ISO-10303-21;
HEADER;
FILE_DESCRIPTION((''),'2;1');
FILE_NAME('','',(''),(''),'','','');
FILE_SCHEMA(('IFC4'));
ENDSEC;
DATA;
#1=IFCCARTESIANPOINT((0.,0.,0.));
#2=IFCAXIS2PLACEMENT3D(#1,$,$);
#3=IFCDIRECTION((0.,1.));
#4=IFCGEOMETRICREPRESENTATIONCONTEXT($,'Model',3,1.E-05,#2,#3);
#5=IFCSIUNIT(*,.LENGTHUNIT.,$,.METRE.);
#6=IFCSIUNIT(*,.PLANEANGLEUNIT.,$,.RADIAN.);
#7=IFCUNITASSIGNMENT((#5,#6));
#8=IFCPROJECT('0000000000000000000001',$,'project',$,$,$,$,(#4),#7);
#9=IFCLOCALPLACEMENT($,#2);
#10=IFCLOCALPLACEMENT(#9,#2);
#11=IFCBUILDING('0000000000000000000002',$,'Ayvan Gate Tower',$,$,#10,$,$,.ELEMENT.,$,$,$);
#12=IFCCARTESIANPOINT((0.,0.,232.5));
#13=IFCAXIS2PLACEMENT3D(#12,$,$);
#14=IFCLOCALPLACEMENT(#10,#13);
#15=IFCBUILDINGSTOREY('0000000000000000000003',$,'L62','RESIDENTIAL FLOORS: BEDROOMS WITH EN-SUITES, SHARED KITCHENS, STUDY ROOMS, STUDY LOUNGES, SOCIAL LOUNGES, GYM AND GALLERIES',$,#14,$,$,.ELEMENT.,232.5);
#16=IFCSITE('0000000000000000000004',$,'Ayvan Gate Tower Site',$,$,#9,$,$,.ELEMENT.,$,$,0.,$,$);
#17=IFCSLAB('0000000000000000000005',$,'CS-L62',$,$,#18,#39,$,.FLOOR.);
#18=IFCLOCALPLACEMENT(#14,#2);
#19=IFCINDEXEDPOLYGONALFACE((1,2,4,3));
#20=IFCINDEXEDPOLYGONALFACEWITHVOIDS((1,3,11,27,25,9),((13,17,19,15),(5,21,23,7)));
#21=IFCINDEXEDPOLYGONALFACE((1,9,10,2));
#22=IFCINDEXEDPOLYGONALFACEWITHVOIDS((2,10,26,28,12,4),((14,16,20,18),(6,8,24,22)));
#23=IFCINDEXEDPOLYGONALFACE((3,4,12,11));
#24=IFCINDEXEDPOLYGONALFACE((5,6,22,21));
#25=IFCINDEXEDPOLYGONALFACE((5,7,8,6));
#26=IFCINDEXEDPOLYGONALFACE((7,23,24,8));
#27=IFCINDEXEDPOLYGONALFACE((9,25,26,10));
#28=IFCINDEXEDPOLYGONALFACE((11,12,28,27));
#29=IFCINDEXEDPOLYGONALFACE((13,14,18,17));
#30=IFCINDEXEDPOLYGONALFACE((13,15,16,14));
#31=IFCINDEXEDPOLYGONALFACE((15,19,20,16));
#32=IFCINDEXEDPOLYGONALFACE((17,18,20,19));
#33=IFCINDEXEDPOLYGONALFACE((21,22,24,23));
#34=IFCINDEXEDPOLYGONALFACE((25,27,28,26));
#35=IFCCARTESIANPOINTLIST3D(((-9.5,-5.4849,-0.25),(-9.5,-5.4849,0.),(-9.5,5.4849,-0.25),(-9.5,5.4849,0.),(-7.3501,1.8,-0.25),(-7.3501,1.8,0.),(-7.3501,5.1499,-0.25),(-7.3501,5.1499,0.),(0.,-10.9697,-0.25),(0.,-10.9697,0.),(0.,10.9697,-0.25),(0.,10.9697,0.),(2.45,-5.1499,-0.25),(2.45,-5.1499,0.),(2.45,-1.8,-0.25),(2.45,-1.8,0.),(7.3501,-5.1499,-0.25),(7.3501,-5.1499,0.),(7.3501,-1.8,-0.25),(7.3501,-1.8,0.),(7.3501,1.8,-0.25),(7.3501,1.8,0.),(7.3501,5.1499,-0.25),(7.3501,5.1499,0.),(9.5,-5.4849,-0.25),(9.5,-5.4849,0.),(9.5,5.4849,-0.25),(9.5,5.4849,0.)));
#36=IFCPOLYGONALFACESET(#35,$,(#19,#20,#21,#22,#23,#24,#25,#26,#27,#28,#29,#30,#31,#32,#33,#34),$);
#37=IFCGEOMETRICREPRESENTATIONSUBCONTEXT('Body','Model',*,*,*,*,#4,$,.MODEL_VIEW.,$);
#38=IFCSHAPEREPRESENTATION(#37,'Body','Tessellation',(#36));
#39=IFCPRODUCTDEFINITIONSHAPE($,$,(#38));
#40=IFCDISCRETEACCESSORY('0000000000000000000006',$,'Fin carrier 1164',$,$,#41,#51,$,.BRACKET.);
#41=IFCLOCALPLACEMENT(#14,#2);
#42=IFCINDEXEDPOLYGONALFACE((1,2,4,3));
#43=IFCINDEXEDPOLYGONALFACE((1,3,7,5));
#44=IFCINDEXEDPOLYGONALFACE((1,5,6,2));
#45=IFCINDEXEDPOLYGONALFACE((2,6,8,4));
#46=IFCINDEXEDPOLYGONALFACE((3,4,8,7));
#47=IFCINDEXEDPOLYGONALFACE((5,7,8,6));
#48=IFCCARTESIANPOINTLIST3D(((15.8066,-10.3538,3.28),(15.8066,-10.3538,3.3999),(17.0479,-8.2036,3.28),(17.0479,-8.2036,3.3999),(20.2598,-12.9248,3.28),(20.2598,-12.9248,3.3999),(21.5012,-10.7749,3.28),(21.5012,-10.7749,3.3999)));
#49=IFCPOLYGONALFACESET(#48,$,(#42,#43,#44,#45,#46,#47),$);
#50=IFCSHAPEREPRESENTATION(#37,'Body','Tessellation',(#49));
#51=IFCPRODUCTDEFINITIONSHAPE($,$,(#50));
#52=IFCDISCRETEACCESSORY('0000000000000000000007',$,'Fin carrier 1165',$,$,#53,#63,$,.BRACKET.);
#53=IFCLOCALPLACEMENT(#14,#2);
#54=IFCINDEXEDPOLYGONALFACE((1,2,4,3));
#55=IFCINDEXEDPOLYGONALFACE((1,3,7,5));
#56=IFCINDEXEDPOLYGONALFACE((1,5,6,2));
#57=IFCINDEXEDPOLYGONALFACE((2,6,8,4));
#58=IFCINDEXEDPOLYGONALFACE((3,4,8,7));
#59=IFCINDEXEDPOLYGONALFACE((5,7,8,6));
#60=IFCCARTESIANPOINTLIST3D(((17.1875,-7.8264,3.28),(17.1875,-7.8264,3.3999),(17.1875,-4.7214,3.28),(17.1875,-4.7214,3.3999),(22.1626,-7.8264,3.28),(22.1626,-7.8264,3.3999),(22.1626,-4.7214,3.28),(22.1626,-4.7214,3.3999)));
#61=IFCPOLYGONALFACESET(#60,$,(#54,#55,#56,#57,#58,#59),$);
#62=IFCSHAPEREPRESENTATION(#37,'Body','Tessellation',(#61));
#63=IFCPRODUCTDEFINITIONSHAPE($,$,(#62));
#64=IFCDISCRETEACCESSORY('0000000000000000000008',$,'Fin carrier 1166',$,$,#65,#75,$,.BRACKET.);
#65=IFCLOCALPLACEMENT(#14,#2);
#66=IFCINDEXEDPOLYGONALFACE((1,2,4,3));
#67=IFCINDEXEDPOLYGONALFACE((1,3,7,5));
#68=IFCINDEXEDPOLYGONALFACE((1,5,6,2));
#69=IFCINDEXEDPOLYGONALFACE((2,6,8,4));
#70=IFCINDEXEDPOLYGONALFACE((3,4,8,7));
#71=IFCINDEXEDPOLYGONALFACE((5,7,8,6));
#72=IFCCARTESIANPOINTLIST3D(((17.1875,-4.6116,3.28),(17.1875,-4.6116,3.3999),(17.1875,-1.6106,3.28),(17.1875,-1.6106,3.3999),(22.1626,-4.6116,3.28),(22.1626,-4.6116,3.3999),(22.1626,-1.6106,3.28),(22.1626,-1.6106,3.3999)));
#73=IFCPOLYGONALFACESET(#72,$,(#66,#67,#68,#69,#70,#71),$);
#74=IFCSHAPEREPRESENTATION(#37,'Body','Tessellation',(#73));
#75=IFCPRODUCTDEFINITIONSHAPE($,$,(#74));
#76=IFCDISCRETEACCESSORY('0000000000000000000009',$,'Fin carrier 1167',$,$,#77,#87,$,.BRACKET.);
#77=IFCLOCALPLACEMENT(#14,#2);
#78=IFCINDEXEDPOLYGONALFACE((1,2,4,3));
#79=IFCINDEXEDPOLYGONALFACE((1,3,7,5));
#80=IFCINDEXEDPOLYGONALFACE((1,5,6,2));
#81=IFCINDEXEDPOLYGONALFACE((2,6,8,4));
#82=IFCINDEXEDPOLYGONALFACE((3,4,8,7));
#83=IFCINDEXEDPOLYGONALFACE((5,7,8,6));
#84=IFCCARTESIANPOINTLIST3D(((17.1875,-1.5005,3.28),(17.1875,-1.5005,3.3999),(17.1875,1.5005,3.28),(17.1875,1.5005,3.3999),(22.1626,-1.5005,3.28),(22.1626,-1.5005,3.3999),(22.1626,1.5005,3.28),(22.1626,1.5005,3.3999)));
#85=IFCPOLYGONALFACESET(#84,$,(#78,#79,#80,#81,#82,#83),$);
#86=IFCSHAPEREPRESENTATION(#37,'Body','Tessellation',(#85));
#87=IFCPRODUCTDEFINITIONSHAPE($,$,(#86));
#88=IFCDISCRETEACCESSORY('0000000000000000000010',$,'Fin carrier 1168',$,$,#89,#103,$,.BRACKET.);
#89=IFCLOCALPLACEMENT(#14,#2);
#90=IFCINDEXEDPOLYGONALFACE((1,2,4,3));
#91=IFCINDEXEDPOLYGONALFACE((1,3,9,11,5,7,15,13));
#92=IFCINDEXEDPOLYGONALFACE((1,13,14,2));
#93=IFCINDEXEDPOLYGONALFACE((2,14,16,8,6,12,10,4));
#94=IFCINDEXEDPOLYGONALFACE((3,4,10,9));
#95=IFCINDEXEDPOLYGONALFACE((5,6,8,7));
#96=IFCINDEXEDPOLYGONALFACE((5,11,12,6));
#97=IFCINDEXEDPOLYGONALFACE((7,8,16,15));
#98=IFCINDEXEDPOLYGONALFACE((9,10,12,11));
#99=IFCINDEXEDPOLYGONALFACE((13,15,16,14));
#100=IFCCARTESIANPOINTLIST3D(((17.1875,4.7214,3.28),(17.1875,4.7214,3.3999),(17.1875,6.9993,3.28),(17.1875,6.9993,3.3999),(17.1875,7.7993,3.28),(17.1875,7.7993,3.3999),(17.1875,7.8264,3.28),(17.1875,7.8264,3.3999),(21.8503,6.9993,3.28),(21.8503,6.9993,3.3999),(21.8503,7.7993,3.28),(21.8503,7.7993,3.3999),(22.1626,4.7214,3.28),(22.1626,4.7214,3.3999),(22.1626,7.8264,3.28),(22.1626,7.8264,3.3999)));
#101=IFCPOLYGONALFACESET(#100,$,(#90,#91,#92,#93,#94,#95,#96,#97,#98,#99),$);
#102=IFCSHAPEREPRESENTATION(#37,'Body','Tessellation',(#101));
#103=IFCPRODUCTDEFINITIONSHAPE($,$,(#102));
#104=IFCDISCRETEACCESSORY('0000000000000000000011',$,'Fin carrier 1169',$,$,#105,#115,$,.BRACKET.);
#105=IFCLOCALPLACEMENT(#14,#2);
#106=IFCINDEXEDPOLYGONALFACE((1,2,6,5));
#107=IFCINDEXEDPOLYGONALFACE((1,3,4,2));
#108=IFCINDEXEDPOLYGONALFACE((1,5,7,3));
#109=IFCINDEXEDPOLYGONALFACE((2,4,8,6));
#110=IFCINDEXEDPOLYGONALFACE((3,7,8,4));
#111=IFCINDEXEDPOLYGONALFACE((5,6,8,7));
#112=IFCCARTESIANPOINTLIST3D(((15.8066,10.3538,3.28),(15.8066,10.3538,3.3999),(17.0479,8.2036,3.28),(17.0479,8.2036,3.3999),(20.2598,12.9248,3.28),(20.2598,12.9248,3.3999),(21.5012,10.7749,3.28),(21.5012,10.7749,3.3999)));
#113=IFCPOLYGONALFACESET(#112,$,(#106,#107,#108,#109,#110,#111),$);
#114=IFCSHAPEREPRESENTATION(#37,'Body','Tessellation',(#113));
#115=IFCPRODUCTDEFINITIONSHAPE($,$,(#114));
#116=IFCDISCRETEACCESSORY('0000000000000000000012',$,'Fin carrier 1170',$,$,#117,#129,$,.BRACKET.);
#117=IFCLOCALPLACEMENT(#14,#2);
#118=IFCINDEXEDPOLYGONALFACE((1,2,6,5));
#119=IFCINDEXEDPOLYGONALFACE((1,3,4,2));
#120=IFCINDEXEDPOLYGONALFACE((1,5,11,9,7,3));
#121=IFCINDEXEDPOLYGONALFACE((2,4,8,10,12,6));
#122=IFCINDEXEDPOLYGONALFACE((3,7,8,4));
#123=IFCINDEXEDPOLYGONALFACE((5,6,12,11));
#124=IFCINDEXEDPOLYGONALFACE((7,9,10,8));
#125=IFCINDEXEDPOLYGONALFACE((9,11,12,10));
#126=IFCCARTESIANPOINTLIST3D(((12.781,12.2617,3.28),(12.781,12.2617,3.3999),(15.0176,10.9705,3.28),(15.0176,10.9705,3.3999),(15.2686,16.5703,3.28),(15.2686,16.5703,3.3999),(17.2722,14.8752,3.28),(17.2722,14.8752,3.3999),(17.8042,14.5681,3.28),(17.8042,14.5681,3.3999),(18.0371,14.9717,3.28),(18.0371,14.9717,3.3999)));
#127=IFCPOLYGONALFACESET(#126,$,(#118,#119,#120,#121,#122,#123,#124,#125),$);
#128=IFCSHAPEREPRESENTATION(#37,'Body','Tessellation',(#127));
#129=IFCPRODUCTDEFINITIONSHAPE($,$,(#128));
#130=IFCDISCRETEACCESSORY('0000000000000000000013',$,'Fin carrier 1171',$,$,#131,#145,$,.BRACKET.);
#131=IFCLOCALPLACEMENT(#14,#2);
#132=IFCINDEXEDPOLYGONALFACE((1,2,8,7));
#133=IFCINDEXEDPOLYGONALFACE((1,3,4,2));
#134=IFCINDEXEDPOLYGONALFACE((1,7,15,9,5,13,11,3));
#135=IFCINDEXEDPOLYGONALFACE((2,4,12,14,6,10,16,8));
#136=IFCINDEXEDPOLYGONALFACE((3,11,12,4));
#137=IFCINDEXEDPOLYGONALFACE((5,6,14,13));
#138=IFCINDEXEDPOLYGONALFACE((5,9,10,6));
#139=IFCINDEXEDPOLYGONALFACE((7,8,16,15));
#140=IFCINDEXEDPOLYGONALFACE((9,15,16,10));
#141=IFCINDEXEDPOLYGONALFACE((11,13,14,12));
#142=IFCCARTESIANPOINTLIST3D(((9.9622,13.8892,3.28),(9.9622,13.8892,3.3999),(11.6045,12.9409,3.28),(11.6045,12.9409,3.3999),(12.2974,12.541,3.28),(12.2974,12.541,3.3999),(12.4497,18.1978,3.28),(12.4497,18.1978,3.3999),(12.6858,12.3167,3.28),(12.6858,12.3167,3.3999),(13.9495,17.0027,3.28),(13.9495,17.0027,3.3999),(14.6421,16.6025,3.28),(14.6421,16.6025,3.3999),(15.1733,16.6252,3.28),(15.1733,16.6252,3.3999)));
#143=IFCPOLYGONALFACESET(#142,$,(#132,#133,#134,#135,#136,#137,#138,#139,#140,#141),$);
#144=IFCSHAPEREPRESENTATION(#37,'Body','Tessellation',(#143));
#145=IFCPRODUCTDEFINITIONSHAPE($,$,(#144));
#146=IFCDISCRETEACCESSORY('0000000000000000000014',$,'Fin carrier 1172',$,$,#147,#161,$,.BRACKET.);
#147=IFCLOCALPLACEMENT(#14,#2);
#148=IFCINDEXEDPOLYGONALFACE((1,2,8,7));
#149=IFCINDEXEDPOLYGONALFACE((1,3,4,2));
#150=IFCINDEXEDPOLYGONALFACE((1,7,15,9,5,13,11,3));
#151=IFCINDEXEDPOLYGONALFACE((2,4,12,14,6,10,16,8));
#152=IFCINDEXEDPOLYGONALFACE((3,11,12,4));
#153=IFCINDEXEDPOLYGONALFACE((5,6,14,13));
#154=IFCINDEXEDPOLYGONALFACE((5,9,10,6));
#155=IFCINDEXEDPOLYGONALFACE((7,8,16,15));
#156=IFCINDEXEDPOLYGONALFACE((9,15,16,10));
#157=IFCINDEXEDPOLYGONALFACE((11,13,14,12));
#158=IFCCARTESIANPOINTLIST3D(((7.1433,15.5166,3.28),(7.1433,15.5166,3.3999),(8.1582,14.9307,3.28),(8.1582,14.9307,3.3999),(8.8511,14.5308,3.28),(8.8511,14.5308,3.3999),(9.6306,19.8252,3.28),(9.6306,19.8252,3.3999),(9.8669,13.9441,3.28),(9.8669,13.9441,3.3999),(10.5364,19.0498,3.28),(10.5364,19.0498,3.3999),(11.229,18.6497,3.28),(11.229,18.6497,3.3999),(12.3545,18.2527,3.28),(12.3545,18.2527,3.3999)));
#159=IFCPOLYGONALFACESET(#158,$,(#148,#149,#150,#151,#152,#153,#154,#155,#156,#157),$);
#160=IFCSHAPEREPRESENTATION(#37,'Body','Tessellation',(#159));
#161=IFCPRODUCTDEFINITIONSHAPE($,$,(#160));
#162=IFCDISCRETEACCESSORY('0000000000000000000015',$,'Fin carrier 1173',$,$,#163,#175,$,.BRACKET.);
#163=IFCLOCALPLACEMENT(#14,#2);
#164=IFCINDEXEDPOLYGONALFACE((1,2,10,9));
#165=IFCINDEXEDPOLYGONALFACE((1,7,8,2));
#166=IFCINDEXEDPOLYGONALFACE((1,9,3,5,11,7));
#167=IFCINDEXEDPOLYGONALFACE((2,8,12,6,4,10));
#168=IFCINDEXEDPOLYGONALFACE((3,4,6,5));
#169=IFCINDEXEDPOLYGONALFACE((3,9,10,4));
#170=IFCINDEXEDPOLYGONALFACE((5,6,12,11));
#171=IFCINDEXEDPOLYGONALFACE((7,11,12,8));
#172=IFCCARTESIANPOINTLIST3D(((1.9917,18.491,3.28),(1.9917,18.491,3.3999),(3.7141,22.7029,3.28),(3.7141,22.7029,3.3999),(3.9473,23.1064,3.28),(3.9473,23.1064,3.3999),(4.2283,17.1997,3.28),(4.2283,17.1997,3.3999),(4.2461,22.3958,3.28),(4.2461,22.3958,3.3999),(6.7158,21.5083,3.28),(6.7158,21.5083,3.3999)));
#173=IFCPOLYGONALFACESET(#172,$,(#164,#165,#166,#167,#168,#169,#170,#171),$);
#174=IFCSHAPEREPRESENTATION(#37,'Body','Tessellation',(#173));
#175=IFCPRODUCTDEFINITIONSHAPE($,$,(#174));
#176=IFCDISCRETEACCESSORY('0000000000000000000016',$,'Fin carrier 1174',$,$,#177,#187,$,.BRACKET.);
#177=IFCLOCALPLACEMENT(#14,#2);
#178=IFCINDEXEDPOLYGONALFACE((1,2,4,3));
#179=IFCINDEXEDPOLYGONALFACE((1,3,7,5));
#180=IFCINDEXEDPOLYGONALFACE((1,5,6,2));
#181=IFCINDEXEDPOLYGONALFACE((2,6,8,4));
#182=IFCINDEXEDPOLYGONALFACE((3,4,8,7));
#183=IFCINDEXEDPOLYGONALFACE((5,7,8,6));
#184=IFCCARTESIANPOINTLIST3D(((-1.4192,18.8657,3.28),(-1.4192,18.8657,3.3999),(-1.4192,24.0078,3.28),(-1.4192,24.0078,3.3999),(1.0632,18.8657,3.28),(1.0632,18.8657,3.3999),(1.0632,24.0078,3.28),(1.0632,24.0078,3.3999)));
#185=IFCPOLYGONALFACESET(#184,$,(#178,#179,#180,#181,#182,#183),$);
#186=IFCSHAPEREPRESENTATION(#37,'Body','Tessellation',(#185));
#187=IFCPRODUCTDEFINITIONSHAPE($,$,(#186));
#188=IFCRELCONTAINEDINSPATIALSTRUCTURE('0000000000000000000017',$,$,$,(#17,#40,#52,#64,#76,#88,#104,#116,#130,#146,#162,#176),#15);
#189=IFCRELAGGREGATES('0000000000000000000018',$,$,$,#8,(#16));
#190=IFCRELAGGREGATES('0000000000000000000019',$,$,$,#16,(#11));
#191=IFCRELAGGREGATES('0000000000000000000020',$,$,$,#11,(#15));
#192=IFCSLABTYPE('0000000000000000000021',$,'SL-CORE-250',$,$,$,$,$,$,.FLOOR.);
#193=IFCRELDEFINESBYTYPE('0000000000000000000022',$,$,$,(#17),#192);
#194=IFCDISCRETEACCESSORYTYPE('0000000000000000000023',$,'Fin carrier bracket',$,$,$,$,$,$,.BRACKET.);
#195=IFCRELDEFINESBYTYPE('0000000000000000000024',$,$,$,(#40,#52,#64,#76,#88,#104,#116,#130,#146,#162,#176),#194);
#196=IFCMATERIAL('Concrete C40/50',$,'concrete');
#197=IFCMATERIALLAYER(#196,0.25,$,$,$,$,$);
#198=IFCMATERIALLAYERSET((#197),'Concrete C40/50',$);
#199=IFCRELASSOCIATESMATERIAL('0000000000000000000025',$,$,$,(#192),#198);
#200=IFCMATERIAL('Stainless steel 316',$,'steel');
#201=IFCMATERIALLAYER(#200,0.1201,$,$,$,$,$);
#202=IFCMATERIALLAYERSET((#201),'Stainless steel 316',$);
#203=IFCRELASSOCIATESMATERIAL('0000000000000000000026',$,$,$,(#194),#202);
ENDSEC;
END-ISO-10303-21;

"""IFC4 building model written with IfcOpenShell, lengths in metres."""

from ifc_helpers import new_model, si_unit, direction, frame, origin, place, context, subcontext, project, spatial, polyline, outline, extrude, material, layer, layer_set, type_object, element, save


model = new_model("IFC4")

# Units and contexts
model_context = context("Model", 3, precision=1e-05, world=origin(), true_north=direction((0.0, 1.0)))
body_context = subcontext(model_context, "Body", "Model", "MODEL_VIEW")
ifc_project = project(units=[si_unit("LENGTHUNIT", "METRE"), si_unit("PLANEANGLEUNIT", "RADIAN")], contexts=[model_context])

# Site, building, storey
site_placement = place(None, origin())
site = spatial("IfcSite", under=ifc_project, at=site_placement, Name="Ayvan Gate Tower Site", CompositionType="ELEMENT", RefElevation=0.0)
building_placement = place(site_placement, origin())
building = spatial("IfcBuilding", under=site, at=building_placement, Name="Ayvan Gate Tower", CompositionType="ELEMENT")
storey_placement = place(building_placement, frame((0.0, 0.0, 232.5)))
storey = spatial("IfcBuildingStorey", under=building, at=storey_placement, Name="L62", Description="RESIDENTIAL FLOORS: BEDROOMS WITH EN-SUITES, SHARED KITCHENS, STUDY ROOMS, STUDY LOUNGES, SOCIAL LOUNGES, GYM AND GALLERIES", CompositionType="ELEMENT", Elevation=232.5)

# Slab
ifc_material_1 = material(Name="Concrete C40/50", Category="concrete")
ifc_layer_1 = layer(ifc_material_1, 0.25)
ifc_layer_set_1 = layer_set([ifc_layer_1], Name="Concrete C40/50")
slab_type = type_object("IfcSlabType", Name="SL-CORE-250", PredefinedType="FLOOR", material=ifc_layer_set_1)
slab_placement = place(storey_placement, frame((0.0, 0.0, -0.25)))
element("IfcSlab", 1, at=slab_placement, inside=storey, type_object=slab_type, Name="CS-L62", PredefinedType="FLOOR", context=body_context, shape_type="SweptSolid", body=[
    extrude(outline(polyline([(9.5, -5.4849), (0.0, -10.9697), (-9.5, -5.4849), (-9.5, 5.4849), (0.0, 10.9697), (9.5, 5.4849), (9.5, -5.4849)]), holes=[polyline([(-7.3501, 5.1499), (-7.3501, 1.8), (7.3501, 1.8), (7.3501, 5.1499), (-7.3501, 5.1499)]), polyline([(2.45, -1.8), (2.45, -5.1499), (7.3501, -5.1499), (7.3501, -1.8), (2.45, -1.8)])]), origin(), (0.0, 0.0, 1.0), 0.25),
])

# Discrete accessories
ifc_material_2 = material(Name="Stainless steel 316", Category="steel")
ifc_layer_2 = layer(ifc_material_2, 0.1201)
ifc_layer_set_2 = layer_set([ifc_layer_2], Name="Stainless steel 316")
discrete_accessory_type = type_object("IfcDiscreteAccessoryType", Name="Fin carrier bracket", PredefinedType="BRACKET", material=ifc_layer_set_2)
discrete_accessory_1_placement = place(storey_placement, frame((0.0, 0.0, 3.28)))
element("IfcDiscreteAccessory", 2, at=discrete_accessory_1_placement, inside=storey, type_object=discrete_accessory_type, Name="Fin carrier 1164", PredefinedType="BRACKET", context=body_context, shape_type="SweptSolid", body=[
    extrude(outline(polyline([(20.2598, -12.9248), (15.8066, -10.3538), (17.0479, -8.2036), (21.5012, -10.7749), (20.2598, -12.9248)])), origin(), (0.0, 0.0, 1.0), 0.1199),
])
discrete_accessory_2_placement = place(storey_placement, frame((0.0, 0.0, 3.28)))
element("IfcDiscreteAccessory", 3, at=discrete_accessory_2_placement, inside=storey, type_object=discrete_accessory_type, Name="Fin carrier 1165", PredefinedType="BRACKET", context=body_context, shape_type="SweptSolid", body=[
    extrude(outline(polyline([(22.1626, -7.8264), (17.1875, -7.8264), (17.1875, -4.7214), (22.1626, -4.7214), (22.1626, -7.8264)])), origin(), (0.0, 0.0, 1.0), 0.1199),
])
discrete_accessory_3_placement = place(storey_placement, frame((0.0, 0.0, 3.28)))
element("IfcDiscreteAccessory", 4, at=discrete_accessory_3_placement, inside=storey, type_object=discrete_accessory_type, Name="Fin carrier 1166", PredefinedType="BRACKET", context=body_context, shape_type="SweptSolid", body=[
    extrude(outline(polyline([(22.1626, -4.6116), (17.1875, -4.6116), (17.1875, -1.6106), (22.1626, -1.6106), (22.1626, -4.6116)])), origin(), (0.0, 0.0, 1.0), 0.1199),
])
discrete_accessory_4_placement = place(storey_placement, frame((0.0, 0.0, 3.28)))
element("IfcDiscreteAccessory", 5, at=discrete_accessory_4_placement, inside=storey, type_object=discrete_accessory_type, Name="Fin carrier 1167", PredefinedType="BRACKET", context=body_context, shape_type="SweptSolid", body=[
    extrude(outline(polyline([(22.1626, -1.5005), (17.1875, -1.5005), (17.1875, 1.5005), (22.1626, 1.5005), (22.1626, -1.5005)])), origin(), (0.0, 0.0, 1.0), 0.1199),
])
discrete_accessory_5_placement = place(storey_placement, frame((0.0, 0.0, 3.28)))
element("IfcDiscreteAccessory", 6, at=discrete_accessory_5_placement, inside=storey, type_object=discrete_accessory_type, Name="Fin carrier 1168", PredefinedType="BRACKET", context=body_context, shape_type="SweptSolid", body=[
    extrude(outline(polyline([(17.1875, 7.8264), (22.1626, 7.8264), (22.1626, 4.7214), (17.1875, 4.7214), (17.1875, 6.9993), (21.8503, 6.9993), (21.8503, 7.7993), (17.1875, 7.7993), (17.1875, 7.8264)])), origin(), (0.0, 0.0, 1.0), 0.1199),
])
discrete_accessory_6_placement = place(storey_placement, frame((0.0, 0.0, 3.28)))
element("IfcDiscreteAccessory", 7, at=discrete_accessory_6_placement, inside=storey, type_object=discrete_accessory_type, Name="Fin carrier 1169", PredefinedType="BRACKET", context=body_context, shape_type="SweptSolid", body=[
    extrude(outline(polyline([(21.5012, 10.7749), (17.0479, 8.2036), (15.8066, 10.3538), (20.2598, 12.9248), (21.5012, 10.7749)])), origin(), (0.0, 0.0, 1.0), 0.1199),
])
discrete_accessory_7_placement = place(storey_placement, frame((0.0, 0.0, 3.28)))
element("IfcDiscreteAccessory", 8, at=discrete_accessory_7_placement, inside=storey, type_object=discrete_accessory_type, Name="Fin carrier 1170", PredefinedType="BRACKET", context=body_context, shape_type="SweptSolid", body=[
    extrude(outline(polyline([(12.781, 12.2617), (15.2686, 16.5703), (18.0371, 14.9717), (17.8042, 14.5681), (17.2722, 14.8752), (15.0176, 10.9705), (12.781, 12.2617)])), origin(), (0.0, 0.0, 1.0), 0.1199),
])
discrete_accessory_8_placement = place(storey_placement, frame((0.0, 0.0, 3.28)))
element("IfcDiscreteAccessory", 9, at=discrete_accessory_8_placement, inside=storey, type_object=discrete_accessory_type, Name="Fin carrier 1171", PredefinedType="BRACKET", context=body_context, shape_type="SweptSolid", body=[
    extrude(outline(polyline([(9.9622, 13.8892), (12.4497, 18.1978), (15.1733, 16.6252), (12.6858, 12.3167), (12.2974, 12.541), (14.6421, 16.6025), (13.9495, 17.0027), (11.6045, 12.9409), (9.9622, 13.8892)])), origin(), (0.0, 0.0, 1.0), 0.1199),
])
discrete_accessory_9_placement = place(storey_placement, frame((0.0, 0.0, 3.28)))
element("IfcDiscreteAccessory", 10, at=discrete_accessory_9_placement, inside=storey, type_object=discrete_accessory_type, Name="Fin carrier 1172", PredefinedType="BRACKET", context=body_context, shape_type="SweptSolid", body=[
    extrude(outline(polyline([(7.1433, 15.5166), (9.6306, 19.8252), (12.3545, 18.2527), (9.8669, 13.9441), (8.8511, 14.5308), (11.229, 18.6497), (10.5364, 19.0498), (8.1582, 14.9307), (7.1433, 15.5166)])), origin(), (0.0, 0.0, 1.0), 0.1199),
])
discrete_accessory_10_placement = place(storey_placement, frame((0.0, 0.0, 3.28)))
element("IfcDiscreteAccessory", 11, at=discrete_accessory_10_placement, inside=storey, type_object=discrete_accessory_type, Name="Fin carrier 1173", PredefinedType="BRACKET", context=body_context, shape_type="SweptSolid", body=[
    extrude(outline(polyline([(3.9473, 23.1064), (6.7158, 21.5083), (4.2283, 17.1997), (1.9917, 18.491), (4.2461, 22.3958), (3.7141, 22.7029), (3.9473, 23.1064)])), origin(), (0.0, 0.0, 1.0), 0.1199),
])
discrete_accessory_11_placement = place(storey_placement, frame((0.0, 0.0, 3.28)))
element("IfcDiscreteAccessory", 12, at=discrete_accessory_11_placement, inside=storey, type_object=discrete_accessory_type, Name="Fin carrier 1174", PredefinedType="BRACKET", context=body_context, shape_type="SweptSolid", body=[
    extrude(outline(polyline([(1.0632, 24.0078), (1.0632, 18.8657), (-1.4192, 18.8657), (-1.4192, 24.0078), (1.0632, 24.0078)])), origin(), (0.0, 0.0, 1.0), 0.1199),
])

save(model, "model.ifc")
